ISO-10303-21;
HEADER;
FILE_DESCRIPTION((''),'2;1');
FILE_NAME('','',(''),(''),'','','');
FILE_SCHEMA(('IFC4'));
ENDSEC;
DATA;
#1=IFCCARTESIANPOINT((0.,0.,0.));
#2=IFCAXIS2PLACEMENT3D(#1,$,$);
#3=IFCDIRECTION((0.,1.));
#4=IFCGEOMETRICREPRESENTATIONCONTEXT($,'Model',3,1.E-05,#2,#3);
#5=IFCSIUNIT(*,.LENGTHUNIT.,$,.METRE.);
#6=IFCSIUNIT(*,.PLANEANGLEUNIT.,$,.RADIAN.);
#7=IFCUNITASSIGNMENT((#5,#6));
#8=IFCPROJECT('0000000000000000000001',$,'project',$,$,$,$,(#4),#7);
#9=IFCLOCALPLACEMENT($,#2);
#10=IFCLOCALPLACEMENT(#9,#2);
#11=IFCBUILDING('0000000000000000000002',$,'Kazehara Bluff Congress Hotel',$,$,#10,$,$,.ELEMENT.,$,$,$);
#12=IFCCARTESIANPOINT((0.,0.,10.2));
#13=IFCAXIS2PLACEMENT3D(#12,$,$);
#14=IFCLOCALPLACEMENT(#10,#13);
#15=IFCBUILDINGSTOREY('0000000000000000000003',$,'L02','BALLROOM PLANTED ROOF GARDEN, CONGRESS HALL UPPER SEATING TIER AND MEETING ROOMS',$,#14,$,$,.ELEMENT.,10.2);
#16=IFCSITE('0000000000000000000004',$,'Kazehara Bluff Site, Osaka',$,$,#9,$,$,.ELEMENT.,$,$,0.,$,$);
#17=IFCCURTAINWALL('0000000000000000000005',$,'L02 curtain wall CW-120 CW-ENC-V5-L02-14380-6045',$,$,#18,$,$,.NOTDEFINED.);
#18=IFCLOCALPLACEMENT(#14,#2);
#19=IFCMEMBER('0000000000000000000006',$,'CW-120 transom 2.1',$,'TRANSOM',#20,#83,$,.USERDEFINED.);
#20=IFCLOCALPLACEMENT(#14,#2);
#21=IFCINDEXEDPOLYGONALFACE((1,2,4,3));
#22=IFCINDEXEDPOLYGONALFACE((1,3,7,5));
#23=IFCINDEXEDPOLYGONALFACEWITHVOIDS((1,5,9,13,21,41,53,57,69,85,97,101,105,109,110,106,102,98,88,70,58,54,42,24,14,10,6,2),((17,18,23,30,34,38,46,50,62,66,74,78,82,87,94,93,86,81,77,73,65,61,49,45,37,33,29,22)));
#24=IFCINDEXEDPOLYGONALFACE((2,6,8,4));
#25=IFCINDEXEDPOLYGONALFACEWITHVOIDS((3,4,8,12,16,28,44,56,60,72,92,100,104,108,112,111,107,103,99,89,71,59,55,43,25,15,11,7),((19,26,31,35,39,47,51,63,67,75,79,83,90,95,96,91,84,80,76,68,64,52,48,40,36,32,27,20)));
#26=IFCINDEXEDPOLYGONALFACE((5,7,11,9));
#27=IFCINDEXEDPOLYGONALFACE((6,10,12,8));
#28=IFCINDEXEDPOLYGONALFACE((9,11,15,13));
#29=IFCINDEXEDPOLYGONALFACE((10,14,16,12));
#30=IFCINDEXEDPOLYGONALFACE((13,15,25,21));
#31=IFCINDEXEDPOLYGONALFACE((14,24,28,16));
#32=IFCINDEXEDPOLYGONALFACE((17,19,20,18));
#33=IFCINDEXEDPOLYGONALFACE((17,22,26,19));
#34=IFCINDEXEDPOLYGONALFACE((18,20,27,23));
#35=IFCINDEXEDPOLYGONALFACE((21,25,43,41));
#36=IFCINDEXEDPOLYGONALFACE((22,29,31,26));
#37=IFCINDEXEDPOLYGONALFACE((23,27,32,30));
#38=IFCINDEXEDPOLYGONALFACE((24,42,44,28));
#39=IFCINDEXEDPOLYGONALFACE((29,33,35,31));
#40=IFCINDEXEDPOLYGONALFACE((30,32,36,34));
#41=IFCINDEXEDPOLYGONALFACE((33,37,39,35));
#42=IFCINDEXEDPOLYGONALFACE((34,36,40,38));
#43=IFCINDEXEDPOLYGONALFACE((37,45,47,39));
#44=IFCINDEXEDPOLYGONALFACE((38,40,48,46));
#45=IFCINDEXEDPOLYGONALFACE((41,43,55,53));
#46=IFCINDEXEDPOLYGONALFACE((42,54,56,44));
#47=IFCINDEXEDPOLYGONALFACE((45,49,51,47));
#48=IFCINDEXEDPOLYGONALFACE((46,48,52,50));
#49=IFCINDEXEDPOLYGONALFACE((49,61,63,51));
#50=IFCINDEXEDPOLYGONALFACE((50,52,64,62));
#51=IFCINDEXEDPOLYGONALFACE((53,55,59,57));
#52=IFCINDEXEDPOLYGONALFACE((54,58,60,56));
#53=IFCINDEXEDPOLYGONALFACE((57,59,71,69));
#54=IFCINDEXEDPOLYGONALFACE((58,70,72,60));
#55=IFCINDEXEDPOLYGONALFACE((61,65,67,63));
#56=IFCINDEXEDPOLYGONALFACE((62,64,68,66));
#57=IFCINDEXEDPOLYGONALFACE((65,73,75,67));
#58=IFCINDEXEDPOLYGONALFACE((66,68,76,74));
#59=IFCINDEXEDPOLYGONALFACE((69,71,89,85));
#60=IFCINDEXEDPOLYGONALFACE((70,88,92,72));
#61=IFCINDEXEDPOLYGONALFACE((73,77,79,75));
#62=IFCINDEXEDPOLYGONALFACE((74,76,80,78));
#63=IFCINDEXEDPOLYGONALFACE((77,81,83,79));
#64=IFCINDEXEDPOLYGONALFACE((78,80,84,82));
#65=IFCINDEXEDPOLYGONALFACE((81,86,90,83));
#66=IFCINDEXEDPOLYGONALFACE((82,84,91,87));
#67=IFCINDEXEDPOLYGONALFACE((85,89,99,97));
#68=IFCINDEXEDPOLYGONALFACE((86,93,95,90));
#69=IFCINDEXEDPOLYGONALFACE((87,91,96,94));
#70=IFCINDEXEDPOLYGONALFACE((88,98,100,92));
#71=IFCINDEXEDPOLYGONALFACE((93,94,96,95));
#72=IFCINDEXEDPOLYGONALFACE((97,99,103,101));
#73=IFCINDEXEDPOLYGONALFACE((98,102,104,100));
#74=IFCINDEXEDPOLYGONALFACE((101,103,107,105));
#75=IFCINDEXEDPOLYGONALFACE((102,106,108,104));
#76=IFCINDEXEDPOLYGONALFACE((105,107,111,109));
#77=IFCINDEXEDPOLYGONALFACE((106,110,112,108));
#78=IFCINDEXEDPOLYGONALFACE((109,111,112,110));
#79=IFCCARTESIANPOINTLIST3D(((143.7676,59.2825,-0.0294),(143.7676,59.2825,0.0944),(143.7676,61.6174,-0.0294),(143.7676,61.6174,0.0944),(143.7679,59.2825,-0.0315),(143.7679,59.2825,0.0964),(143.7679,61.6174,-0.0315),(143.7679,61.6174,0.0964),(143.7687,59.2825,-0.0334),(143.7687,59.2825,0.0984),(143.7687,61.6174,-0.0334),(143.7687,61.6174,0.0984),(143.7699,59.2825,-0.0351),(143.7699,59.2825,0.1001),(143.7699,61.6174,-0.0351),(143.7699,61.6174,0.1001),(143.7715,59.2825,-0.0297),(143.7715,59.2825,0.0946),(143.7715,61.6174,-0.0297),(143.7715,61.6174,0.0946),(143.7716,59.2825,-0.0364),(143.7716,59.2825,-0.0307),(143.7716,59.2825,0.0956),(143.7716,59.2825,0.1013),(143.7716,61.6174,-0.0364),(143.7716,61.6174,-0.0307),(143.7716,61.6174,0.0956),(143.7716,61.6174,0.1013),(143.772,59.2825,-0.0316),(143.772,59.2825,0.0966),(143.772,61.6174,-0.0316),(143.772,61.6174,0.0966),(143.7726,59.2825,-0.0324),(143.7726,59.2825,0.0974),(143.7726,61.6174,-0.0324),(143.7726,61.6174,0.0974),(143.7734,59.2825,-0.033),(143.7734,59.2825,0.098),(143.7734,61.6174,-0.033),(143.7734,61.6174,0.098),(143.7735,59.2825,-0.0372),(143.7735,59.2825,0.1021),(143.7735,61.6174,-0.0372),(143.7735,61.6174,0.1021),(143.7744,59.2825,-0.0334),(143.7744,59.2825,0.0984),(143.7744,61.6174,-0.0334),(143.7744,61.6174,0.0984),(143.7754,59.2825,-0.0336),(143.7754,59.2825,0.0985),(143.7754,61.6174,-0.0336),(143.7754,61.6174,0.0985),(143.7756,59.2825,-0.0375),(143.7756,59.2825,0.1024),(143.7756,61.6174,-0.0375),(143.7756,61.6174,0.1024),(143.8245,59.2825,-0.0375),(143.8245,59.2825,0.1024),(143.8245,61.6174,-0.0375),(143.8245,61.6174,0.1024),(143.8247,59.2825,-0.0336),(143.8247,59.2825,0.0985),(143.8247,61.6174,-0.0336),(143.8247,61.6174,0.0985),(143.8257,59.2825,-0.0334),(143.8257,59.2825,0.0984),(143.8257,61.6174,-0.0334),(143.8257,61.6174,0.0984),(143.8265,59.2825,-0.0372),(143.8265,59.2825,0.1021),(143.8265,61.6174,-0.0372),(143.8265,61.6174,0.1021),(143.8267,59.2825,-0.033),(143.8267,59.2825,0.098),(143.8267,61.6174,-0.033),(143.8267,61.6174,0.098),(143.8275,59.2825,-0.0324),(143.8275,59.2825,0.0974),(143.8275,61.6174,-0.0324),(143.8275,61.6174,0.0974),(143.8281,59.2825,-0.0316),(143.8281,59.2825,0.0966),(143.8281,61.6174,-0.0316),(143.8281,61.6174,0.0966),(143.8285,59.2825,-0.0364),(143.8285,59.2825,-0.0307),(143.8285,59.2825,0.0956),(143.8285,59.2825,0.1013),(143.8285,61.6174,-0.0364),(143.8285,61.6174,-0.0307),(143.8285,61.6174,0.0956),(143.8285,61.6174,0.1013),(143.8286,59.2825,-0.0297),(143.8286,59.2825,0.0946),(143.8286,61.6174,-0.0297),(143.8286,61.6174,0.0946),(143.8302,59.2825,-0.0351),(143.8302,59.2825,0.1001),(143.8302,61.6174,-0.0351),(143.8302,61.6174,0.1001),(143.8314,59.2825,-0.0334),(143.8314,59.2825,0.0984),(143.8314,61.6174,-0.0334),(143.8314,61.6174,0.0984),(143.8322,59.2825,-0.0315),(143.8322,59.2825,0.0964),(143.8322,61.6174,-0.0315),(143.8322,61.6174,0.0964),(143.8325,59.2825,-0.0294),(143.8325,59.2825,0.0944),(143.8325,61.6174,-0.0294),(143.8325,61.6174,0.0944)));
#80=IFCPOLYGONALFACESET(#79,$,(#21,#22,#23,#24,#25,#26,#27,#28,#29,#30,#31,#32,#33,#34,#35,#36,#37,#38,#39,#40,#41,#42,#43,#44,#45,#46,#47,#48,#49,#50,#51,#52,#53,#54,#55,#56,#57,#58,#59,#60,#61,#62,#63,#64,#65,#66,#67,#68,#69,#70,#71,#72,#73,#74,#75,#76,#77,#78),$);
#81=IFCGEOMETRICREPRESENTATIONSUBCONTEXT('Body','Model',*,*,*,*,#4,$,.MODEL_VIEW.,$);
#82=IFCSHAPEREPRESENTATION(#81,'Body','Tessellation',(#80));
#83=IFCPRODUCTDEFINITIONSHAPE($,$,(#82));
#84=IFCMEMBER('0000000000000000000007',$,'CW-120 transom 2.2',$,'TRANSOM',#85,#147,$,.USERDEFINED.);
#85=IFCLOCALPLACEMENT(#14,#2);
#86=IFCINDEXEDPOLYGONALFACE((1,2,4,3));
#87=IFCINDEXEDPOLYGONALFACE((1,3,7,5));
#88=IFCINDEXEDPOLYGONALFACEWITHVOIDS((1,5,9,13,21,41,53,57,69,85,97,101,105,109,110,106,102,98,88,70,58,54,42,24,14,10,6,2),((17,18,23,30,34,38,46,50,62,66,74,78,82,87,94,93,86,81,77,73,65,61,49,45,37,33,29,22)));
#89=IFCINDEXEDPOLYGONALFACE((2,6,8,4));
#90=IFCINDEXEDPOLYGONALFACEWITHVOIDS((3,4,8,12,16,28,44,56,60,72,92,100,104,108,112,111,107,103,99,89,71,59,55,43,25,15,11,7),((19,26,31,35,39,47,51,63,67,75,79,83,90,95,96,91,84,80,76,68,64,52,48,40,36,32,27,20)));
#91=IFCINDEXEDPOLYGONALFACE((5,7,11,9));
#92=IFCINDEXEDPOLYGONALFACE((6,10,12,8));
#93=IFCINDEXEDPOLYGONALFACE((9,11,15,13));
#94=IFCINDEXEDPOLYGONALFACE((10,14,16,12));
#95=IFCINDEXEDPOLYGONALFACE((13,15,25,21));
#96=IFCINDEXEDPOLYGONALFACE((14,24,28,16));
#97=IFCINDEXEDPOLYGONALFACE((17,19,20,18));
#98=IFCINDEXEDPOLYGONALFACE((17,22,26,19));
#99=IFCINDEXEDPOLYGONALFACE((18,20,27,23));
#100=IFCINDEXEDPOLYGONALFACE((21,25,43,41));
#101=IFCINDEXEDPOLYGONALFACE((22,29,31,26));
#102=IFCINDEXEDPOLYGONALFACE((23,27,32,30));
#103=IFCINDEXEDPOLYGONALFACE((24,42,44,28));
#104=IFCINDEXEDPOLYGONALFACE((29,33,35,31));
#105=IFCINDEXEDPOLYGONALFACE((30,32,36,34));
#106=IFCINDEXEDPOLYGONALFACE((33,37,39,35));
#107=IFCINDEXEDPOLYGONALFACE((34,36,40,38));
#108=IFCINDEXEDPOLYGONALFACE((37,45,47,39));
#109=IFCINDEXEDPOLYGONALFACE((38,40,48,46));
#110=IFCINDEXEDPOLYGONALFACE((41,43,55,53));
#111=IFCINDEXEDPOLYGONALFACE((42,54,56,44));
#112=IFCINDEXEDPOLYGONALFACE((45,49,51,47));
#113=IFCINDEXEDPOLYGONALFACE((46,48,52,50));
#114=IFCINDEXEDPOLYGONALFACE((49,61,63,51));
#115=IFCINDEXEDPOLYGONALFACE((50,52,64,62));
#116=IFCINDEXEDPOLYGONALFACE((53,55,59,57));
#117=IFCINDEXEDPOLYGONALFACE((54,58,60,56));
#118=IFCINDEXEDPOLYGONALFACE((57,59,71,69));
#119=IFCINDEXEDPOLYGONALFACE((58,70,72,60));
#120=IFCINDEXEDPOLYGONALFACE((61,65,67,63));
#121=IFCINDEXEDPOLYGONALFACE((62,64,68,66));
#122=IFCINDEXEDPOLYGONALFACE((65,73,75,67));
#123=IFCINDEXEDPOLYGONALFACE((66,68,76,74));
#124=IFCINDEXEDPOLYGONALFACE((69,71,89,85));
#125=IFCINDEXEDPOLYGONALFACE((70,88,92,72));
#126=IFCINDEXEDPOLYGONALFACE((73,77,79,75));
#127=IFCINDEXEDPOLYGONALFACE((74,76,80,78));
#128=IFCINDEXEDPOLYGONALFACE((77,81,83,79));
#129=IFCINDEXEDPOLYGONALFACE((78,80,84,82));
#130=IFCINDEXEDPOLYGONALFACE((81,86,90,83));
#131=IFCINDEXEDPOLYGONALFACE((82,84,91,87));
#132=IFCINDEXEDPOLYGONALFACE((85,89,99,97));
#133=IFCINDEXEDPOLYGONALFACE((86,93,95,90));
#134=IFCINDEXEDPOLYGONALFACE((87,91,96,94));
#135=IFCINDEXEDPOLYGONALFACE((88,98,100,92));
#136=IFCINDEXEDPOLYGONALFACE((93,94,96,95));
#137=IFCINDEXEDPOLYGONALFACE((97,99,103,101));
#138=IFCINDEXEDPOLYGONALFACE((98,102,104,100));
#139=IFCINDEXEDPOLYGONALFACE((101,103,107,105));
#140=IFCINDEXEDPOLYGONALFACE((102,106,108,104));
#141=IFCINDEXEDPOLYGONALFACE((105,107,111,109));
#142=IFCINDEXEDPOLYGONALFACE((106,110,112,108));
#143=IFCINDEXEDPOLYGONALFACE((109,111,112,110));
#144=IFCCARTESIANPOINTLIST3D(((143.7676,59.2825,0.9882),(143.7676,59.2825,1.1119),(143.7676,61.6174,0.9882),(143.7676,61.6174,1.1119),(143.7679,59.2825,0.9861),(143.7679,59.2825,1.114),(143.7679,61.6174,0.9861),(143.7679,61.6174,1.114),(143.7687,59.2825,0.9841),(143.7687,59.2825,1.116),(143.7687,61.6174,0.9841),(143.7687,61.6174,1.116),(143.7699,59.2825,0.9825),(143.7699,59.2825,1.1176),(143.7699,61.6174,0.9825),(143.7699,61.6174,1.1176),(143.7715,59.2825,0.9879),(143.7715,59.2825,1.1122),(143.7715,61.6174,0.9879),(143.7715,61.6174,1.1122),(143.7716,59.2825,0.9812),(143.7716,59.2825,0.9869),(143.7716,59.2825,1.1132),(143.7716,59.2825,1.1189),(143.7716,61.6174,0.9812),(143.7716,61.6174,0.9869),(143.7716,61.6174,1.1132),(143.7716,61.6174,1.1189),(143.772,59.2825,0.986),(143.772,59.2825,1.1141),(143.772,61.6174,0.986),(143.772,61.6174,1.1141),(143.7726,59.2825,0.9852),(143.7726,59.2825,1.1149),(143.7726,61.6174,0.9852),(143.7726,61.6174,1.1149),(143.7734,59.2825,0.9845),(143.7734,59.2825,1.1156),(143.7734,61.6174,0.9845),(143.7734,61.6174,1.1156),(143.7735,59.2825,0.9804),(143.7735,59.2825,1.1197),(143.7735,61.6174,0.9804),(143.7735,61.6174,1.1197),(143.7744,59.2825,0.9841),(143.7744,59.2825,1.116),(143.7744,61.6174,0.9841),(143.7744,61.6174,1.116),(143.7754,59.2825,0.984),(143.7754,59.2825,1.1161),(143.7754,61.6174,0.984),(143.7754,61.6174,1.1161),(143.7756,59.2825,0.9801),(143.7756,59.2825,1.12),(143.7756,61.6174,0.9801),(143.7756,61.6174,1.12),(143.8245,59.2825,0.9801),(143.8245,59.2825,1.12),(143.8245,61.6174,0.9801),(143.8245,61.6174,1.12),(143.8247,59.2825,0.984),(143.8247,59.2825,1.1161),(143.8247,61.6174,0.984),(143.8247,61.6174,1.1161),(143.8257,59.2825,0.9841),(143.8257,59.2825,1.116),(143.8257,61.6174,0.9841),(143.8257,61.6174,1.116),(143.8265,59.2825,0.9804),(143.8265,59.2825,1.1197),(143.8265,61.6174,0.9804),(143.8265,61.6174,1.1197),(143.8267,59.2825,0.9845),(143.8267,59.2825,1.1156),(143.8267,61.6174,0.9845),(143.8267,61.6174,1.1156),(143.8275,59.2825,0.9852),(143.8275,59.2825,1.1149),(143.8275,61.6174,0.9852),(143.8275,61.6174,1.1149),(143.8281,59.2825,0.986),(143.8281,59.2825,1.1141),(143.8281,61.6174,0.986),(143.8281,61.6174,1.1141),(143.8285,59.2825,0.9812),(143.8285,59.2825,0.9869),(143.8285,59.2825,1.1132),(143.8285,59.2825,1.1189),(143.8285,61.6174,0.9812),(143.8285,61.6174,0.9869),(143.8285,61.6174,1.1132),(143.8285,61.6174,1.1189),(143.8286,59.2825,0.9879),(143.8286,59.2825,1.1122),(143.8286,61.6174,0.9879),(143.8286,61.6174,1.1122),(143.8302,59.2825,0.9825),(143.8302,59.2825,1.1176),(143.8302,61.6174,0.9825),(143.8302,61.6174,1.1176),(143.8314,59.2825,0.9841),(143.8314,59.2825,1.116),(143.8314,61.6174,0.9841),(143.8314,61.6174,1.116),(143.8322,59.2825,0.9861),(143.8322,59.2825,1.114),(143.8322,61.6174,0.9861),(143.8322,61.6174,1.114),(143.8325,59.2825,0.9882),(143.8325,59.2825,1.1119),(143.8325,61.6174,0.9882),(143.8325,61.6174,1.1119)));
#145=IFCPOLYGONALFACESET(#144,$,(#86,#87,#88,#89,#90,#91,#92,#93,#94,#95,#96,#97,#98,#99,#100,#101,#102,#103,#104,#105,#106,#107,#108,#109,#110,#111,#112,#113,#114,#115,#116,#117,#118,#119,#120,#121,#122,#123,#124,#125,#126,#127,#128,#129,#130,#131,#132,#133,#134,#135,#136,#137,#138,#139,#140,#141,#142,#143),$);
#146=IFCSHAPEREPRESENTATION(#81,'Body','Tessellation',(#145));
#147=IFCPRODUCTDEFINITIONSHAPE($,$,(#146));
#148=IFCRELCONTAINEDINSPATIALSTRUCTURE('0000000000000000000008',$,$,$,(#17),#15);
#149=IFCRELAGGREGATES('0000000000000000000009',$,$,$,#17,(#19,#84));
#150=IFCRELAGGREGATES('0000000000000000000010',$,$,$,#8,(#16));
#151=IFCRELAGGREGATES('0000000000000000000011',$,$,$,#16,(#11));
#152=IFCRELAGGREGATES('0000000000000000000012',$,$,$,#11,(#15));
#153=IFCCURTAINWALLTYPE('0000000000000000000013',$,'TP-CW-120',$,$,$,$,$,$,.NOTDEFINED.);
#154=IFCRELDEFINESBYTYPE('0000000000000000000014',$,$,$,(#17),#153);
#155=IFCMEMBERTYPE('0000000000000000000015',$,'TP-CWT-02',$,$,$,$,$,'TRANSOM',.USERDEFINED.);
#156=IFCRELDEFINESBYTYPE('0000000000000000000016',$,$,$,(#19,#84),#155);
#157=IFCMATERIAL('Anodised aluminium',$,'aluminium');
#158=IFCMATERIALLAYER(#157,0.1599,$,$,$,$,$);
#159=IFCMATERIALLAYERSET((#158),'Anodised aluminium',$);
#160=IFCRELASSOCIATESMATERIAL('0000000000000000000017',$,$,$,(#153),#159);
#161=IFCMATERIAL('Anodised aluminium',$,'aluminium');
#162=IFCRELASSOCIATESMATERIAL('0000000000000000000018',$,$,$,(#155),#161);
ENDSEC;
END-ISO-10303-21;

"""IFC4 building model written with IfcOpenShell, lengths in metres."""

from ifc_helpers import new_model, si_unit, direction, frame, origin, origin_2d, place, context, subcontext, project, spatial, hollow_rectangle, extrude, material, layer, layer_set, material_profile, profile_set, type_object, element, aggregate, save


model = new_model("IFC4")

# Units and contexts
model_context = context("Model", 3, precision=1e-05, world=origin(), true_north=direction((0.0, 1.0)))
body_context = subcontext(model_context, "Body", "Model", "MODEL_VIEW")
ifc_project = project(units=[si_unit("LENGTHUNIT", "METRE"), si_unit("PLANEANGLEUNIT", "RADIAN")], contexts=[model_context])

# Site, building, storey
site_placement = place(None, origin())
site = spatial("IfcSite", under=ifc_project, at=site_placement, Name="Kazehara Bluff Site, Osaka", CompositionType="ELEMENT", RefElevation=0.0)
building_placement = place(site_placement, origin())
building = spatial("IfcBuilding", under=site, at=building_placement, Name="Kazehara Bluff Congress Hotel", CompositionType="ELEMENT")
storey_placement = place(building_placement, frame((0.0, 0.0, 10.2)))
storey = spatial("IfcBuildingStorey", under=building, at=storey_placement, Name="L02", Description="BALLROOM PLANTED ROOF GARDEN, CONGRESS HALL UPPER SEATING TIER AND MEETING ROOMS", CompositionType="ELEMENT", Elevation=10.2)

# Curtain wall, members
ifc_material_1 = material(Name="Anodised aluminium", Category="aluminium")
ifc_layer_1 = layer(ifc_material_1, 0.1599)
ifc_layer_set_1 = layer_set([ifc_layer_1], Name="Anodised aluminium")
curtain_wall_type_1 = type_object("IfcCurtainWallType", Name="TP-CW-120", PredefinedType="NOTDEFINED", material=ifc_layer_set_1)
curtain_wall_1_placement = place(storey_placement, origin())
curtain_wall_1 = element("IfcCurtainWall", 1, at=curtain_wall_1_placement, inside=storey, type_object=curtain_wall_type_1, Name="L02 curtain wall CW-120 CW-ENC-V5-L02-14380-6045", PredefinedType="NOTDEFINED")
ifc_material_2 = material(Name="Anodised aluminium", Category="aluminium")
ifc_material_profile_1 = material_profile(ifc_material_2, hollow_rectangle(XDim=0.0649, YDim=0.1399, WallThickness=0.0039, InnerFilletRadius=0.0039, OuterFilletRadius=0.0081, at=origin_2d()))
ifc_profile_set_1 = profile_set([ifc_material_profile_1], Name="Anodised aluminium")
member_type_1 = type_object("IfcMemberType", Name="TP-CWT-02", ElementType="TRANSOM", PredefinedType="USERDEFINED", material=ifc_profile_set_1)
member_1_placement = place(storey_placement, frame((143.8, 59.2825, 0.0325), z_axis=(0.0, 1.0, 0.0), x_axis=(-1.0, 0.0, 0.0)))
member_1 = element("IfcMember", 2, at=member_1_placement, type_object=member_type_1, Name="CW-120 transom 2.1", ObjectType="TRANSOM", PredefinedType="USERDEFINED", context=body_context, shape_type="SweptSolid", body=[
    extrude(hollow_rectangle(XDim=0.0649, YDim=0.1399, WallThickness=0.0039, InnerFilletRadius=0.0039, OuterFilletRadius=0.0081, at=origin_2d()), origin(), (0.0, 0.0, 1.0), 2.335),
])
member_2_placement = place(storey_placement, frame((143.8, 59.2825, 1.05), z_axis=(0.0, 1.0, 0.0), x_axis=(-1.0, 0.0, 0.0)))
member_2 = element("IfcMember", 3, at=member_2_placement, type_object=member_type_1, Name="CW-120 transom 2.2", ObjectType="TRANSOM", PredefinedType="USERDEFINED", context=body_context, shape_type="SweptSolid", body=[
    extrude(hollow_rectangle(XDim=0.0649, YDim=0.1399, WallThickness=0.0039, InnerFilletRadius=0.0039, OuterFilletRadius=0.0081, at=origin_2d()), origin(), (0.0, 0.0, 1.0), 2.335),
])
aggregate(curtain_wall_1, [member_1, member_2])

save(model, "model.ifc")
